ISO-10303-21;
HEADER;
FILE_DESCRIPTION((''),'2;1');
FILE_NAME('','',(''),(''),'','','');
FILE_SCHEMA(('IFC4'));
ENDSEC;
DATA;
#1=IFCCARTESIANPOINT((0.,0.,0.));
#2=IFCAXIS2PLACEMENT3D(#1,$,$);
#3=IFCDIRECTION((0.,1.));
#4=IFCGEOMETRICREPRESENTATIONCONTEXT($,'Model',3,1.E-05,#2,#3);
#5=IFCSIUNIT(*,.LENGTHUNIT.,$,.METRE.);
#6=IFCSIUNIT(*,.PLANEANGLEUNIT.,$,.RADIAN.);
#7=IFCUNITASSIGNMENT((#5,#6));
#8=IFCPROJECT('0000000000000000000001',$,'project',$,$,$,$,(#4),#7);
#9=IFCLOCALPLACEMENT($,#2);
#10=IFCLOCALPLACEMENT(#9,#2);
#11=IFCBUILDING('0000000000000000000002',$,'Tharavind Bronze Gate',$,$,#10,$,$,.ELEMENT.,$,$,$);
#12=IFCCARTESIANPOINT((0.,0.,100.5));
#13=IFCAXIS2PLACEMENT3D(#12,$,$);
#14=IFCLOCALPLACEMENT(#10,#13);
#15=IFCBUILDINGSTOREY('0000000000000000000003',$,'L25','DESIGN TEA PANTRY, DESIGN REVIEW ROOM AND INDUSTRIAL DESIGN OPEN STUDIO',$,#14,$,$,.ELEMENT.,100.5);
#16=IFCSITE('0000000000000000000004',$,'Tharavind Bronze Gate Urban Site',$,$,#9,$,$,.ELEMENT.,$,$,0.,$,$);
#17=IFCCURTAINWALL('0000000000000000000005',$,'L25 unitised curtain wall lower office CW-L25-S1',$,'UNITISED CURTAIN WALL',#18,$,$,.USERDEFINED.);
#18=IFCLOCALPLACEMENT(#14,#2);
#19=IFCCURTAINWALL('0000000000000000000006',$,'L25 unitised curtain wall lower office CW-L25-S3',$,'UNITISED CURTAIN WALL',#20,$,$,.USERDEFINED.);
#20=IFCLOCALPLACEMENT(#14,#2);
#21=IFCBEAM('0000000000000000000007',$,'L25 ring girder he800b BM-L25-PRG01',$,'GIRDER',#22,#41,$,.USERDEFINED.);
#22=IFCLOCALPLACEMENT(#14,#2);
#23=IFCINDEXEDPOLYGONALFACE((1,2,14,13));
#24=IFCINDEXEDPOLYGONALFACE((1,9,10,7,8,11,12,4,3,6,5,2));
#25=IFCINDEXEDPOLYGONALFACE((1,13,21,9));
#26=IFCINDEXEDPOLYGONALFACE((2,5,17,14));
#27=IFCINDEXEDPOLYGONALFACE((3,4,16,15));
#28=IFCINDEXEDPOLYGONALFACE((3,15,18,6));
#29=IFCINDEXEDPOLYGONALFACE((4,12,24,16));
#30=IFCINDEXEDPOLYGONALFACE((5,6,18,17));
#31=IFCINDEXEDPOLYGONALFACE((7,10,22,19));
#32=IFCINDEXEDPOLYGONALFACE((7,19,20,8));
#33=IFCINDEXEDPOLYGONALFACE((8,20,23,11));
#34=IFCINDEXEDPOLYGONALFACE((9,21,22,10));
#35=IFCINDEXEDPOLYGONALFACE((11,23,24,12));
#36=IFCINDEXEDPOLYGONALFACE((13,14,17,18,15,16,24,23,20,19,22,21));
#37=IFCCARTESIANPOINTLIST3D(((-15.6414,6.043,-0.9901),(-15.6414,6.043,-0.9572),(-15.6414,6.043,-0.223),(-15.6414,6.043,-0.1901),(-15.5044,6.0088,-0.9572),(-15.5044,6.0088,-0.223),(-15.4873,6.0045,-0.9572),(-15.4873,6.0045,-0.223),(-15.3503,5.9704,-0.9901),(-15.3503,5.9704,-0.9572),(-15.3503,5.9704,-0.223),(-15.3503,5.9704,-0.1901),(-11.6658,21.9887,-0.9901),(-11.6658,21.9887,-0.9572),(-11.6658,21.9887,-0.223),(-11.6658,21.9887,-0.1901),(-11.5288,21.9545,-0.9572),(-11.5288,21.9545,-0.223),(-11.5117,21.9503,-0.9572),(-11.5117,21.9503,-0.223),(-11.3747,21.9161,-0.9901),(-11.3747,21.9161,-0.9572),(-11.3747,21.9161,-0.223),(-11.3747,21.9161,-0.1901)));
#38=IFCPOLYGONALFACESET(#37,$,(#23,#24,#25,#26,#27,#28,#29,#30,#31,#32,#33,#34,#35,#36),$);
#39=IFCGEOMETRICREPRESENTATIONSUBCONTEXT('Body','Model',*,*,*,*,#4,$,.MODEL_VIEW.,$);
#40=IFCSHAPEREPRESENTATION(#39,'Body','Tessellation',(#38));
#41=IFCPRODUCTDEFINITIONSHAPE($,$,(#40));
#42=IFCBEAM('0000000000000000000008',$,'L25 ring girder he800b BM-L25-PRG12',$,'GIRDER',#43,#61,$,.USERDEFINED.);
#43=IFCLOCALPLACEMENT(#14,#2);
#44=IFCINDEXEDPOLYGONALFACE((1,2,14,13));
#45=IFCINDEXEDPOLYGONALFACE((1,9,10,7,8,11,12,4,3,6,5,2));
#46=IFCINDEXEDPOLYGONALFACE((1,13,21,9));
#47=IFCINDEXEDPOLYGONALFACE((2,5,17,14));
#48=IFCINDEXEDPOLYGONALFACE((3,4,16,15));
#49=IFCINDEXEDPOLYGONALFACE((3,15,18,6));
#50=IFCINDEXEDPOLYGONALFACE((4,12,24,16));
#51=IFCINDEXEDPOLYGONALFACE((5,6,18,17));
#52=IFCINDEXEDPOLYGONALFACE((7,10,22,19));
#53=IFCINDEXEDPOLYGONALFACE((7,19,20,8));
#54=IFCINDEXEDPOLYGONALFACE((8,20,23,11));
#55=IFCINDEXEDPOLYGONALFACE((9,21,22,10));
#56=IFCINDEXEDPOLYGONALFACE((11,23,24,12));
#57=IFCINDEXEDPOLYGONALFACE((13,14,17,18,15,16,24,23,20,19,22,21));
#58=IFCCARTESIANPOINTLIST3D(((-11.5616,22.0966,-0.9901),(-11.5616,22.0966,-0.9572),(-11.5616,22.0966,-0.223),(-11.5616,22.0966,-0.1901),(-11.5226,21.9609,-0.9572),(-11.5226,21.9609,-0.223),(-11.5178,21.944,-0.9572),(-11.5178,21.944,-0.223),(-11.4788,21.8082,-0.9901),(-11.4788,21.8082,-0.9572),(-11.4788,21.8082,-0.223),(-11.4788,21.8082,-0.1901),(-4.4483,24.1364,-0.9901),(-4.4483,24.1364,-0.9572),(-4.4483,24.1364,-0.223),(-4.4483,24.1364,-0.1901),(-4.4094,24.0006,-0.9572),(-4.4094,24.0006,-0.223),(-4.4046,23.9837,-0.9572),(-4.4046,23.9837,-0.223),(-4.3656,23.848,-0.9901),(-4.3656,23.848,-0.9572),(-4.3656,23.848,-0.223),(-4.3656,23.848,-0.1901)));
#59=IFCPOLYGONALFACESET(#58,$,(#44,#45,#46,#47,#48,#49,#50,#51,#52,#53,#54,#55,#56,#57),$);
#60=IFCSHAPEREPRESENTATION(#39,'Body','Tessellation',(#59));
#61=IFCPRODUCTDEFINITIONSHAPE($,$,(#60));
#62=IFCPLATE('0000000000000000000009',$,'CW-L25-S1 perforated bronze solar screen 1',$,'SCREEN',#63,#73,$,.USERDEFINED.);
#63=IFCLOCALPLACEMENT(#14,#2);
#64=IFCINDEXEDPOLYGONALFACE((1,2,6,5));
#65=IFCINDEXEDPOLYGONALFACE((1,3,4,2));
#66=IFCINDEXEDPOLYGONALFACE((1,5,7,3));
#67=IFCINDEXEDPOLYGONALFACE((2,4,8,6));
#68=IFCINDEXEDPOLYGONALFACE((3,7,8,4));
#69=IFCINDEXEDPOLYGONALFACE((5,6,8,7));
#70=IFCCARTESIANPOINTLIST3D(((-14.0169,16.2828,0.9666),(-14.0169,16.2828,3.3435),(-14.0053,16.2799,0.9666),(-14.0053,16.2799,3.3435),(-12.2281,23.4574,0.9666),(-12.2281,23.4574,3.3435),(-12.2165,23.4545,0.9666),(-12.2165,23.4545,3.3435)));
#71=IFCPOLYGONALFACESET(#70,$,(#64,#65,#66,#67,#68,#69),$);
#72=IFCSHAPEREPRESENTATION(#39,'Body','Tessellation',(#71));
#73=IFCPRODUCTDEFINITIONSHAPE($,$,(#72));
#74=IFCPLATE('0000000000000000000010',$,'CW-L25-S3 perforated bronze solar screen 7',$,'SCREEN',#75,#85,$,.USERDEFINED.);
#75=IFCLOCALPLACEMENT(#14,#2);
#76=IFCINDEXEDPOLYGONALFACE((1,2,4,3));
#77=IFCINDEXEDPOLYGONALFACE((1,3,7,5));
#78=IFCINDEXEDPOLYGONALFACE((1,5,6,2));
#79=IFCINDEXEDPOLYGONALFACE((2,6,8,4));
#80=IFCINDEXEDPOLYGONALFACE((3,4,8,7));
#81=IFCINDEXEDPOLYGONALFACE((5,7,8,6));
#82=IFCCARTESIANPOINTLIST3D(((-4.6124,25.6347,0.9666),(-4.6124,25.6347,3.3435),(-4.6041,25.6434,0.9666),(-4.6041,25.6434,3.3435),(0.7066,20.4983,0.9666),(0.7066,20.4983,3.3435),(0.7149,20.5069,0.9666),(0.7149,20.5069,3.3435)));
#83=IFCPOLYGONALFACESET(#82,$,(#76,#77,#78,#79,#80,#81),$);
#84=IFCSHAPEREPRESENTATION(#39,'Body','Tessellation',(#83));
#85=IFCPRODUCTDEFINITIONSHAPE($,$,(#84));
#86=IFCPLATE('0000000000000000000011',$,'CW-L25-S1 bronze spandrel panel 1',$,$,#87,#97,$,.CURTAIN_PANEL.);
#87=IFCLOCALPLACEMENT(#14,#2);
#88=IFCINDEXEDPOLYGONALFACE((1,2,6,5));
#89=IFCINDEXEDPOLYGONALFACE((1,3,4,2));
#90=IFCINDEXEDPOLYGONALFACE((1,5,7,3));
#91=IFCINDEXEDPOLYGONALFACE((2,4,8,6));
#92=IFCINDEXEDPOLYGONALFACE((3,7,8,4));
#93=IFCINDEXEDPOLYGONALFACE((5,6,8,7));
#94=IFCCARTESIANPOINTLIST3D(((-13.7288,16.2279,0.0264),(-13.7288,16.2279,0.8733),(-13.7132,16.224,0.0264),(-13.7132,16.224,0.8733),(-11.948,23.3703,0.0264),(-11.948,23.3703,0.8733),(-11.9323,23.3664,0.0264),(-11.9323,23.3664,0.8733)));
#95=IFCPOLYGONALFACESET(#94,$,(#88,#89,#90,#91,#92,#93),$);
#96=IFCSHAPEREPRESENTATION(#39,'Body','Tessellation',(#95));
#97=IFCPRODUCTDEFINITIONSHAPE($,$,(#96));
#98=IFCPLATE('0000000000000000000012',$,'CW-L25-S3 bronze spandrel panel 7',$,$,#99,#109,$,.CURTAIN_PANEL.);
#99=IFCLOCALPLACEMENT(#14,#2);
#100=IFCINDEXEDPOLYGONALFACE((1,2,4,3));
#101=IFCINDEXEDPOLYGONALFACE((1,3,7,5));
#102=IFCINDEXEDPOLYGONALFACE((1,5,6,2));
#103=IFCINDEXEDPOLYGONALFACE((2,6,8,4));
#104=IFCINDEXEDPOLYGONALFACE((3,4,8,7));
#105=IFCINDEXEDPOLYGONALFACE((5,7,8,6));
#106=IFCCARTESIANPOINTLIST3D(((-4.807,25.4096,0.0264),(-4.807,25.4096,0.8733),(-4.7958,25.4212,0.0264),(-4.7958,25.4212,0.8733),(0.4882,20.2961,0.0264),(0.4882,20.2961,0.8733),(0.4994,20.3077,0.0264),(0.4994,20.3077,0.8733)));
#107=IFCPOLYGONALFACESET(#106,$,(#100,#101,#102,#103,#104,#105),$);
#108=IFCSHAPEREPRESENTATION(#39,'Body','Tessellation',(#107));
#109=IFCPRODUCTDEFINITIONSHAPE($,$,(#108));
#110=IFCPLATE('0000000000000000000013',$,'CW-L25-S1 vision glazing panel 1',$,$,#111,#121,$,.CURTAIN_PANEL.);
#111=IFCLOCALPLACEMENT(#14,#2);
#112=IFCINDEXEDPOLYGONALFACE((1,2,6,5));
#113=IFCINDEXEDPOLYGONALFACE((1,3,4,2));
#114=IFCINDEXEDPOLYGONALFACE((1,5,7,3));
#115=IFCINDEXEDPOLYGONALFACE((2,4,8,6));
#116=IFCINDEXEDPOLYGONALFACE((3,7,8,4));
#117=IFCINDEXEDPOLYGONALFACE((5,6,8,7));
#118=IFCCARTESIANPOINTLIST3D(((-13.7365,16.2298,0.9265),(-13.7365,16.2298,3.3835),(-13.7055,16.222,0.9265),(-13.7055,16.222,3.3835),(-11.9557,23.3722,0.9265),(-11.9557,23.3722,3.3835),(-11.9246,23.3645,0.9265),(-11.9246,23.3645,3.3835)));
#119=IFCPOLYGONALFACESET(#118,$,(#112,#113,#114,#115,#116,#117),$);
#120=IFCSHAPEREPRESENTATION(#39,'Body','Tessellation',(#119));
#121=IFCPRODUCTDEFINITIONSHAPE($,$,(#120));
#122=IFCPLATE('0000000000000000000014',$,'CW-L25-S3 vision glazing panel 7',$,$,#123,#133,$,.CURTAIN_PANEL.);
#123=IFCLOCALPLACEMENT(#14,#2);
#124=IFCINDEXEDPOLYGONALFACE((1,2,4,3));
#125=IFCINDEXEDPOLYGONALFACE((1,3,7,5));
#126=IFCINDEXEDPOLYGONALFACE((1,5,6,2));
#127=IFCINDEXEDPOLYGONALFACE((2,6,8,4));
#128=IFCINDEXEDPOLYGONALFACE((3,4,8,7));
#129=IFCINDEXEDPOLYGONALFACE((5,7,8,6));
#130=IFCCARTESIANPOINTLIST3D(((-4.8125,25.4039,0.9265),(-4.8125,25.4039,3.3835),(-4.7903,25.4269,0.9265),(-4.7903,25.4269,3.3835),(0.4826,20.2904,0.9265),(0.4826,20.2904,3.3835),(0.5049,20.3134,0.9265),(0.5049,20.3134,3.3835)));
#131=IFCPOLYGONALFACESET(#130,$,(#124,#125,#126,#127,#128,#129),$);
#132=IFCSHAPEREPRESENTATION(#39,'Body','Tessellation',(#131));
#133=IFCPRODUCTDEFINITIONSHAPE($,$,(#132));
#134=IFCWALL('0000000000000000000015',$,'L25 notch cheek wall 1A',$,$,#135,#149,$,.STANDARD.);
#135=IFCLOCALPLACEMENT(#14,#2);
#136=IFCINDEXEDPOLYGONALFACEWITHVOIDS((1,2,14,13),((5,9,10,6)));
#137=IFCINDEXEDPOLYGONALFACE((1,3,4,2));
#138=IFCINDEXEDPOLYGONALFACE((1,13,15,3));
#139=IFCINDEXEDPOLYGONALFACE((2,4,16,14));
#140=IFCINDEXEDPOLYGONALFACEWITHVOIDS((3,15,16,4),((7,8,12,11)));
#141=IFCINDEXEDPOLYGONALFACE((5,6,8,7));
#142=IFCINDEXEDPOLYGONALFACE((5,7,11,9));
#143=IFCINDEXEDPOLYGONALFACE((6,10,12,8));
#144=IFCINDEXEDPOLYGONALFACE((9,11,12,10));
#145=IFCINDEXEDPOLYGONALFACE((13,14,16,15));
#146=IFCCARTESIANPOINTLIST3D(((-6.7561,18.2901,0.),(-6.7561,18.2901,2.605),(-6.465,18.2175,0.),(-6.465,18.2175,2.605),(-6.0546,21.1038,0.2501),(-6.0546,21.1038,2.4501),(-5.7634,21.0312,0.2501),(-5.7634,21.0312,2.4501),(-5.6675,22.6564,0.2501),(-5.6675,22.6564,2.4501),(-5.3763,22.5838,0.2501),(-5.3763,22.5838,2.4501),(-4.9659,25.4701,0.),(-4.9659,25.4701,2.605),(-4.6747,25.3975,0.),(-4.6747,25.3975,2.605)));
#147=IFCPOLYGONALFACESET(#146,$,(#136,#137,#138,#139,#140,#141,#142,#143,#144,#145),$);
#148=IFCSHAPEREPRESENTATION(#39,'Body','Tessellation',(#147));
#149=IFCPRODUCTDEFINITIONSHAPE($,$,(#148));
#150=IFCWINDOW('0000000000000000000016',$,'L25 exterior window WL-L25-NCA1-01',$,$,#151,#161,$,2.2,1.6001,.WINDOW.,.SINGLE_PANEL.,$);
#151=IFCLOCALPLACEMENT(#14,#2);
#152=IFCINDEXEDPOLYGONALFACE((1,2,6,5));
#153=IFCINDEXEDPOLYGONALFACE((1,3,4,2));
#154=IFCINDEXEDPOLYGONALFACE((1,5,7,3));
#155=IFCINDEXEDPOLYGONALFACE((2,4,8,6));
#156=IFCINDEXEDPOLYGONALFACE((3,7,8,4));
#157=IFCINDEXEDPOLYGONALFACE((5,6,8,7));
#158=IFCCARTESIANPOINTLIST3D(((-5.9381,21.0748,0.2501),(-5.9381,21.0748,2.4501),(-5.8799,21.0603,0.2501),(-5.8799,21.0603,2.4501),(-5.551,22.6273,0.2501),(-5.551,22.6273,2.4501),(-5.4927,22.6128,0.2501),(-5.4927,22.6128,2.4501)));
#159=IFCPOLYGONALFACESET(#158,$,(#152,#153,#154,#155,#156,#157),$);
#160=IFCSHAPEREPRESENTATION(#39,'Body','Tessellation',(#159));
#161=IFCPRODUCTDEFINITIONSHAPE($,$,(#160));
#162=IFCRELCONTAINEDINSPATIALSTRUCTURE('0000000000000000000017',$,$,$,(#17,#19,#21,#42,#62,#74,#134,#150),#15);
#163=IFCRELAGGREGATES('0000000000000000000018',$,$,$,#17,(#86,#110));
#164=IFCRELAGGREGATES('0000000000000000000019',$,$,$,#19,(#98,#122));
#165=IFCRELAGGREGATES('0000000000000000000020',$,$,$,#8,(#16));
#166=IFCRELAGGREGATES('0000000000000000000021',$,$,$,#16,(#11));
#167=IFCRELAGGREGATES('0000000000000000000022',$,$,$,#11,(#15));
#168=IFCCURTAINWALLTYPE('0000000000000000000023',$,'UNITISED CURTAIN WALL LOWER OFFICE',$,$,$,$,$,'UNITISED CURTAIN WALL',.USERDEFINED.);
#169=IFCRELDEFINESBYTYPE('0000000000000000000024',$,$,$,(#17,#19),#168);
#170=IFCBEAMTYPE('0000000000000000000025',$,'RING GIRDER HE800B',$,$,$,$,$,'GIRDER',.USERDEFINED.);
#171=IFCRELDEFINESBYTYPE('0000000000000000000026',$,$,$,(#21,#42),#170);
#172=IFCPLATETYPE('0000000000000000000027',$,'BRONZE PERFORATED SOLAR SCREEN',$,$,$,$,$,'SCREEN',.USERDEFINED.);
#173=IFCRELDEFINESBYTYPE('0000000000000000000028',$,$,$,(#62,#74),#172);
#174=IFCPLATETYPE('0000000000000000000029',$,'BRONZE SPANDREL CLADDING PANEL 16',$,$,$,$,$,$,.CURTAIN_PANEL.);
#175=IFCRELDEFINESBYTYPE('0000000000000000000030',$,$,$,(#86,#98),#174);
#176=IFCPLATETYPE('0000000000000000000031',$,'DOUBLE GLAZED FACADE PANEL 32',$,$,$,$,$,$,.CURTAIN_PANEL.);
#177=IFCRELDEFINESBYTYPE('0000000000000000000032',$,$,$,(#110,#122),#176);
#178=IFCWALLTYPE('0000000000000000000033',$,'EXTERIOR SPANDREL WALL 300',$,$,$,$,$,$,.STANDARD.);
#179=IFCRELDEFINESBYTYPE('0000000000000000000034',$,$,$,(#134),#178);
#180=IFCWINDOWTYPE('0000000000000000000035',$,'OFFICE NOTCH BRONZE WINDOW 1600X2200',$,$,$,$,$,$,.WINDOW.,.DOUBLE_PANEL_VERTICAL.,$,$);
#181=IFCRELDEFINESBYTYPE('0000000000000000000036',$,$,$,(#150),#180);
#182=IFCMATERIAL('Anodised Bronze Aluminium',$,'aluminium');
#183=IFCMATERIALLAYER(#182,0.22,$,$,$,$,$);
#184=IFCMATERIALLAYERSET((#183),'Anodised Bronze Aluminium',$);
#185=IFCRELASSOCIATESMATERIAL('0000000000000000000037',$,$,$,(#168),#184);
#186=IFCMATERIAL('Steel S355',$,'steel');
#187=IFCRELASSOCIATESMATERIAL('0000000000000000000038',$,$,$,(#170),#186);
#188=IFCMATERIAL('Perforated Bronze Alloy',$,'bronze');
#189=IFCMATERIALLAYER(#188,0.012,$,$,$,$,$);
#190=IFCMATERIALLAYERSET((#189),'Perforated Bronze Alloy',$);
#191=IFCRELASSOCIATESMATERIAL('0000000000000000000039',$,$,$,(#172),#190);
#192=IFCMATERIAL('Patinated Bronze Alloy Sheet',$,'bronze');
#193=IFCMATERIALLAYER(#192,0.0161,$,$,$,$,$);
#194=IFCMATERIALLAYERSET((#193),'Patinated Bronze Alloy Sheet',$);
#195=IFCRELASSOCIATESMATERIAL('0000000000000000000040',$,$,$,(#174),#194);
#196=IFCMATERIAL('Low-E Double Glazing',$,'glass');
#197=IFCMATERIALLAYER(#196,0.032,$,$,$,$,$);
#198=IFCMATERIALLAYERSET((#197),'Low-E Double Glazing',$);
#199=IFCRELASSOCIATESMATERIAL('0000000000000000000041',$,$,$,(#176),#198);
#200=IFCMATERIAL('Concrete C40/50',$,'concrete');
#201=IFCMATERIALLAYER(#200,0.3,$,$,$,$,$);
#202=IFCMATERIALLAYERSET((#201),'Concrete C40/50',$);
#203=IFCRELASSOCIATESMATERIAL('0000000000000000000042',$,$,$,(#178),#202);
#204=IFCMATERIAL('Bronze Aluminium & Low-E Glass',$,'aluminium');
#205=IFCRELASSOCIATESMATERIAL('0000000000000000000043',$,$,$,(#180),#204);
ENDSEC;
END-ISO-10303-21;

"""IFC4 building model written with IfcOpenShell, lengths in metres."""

from ifc_helpers import new_model, si_unit, direction, frame, frame_2d, origin, origin_2d, place, context, subcontext, project, spatial, rectangle, i_section, extrude, material, layer, layer_set, material_profile, profile_set, type_object, element, fill, aggregate, save


model = new_model("IFC4")

# Units and contexts
model_context = context("Model", 3, precision=1e-05, world=origin(), true_north=direction((0.0, 1.0)))
body_context = subcontext(model_context, "Body", "Model", "MODEL_VIEW")
ifc_project = project(units=[si_unit("LENGTHUNIT", "METRE"), si_unit("PLANEANGLEUNIT", "RADIAN")], contexts=[model_context])

# Site, building, storey
site_placement = place(None, origin())
site = spatial("IfcSite", under=ifc_project, at=site_placement, Name="Tharavind Bronze Gate Urban Site", CompositionType="ELEMENT", RefElevation=0.0)
building_placement = place(site_placement, origin())
building = spatial("IfcBuilding", under=site, at=building_placement, Name="Tharavind Bronze Gate", CompositionType="ELEMENT")
storey_placement = place(building_placement, frame((0.0, 0.0, 100.5)))
storey = spatial("IfcBuildingStorey", under=building, at=storey_placement, Name="L25", Description="DESIGN TEA PANTRY, DESIGN REVIEW ROOM AND INDUSTRIAL DESIGN OPEN STUDIO", CompositionType="ELEMENT", Elevation=100.5)

# Curtain walls
ifc_material_1 = material(Name="Anodised Bronze Aluminium", Category="aluminium")
ifc_layer_1 = layer(ifc_material_1, 0.22)
ifc_layer_set_1 = layer_set([ifc_layer_1], Name="Anodised Bronze Aluminium")
curtain_wall_type = type_object("IfcCurtainWallType", Name="UNITISED CURTAIN WALL LOWER OFFICE", ElementType="UNITISED CURTAIN WALL", PredefinedType="USERDEFINED", material=ifc_layer_set_1)
curtain_wall_1_placement = place(storey_placement, origin())
curtain_wall_1 = element("IfcCurtainWall", 1, at=curtain_wall_1_placement, inside=storey, type_object=curtain_wall_type, Name="L25 unitised curtain wall lower office CW-L25-S1", ObjectType="UNITISED CURTAIN WALL", PredefinedType="USERDEFINED")
curtain_wall_2_placement = place(storey_placement, origin())
curtain_wall_2 = element("IfcCurtainWall", 2, at=curtain_wall_2_placement, inside=storey, type_object=curtain_wall_type, Name="L25 unitised curtain wall lower office CW-L25-S3", ObjectType="UNITISED CURTAIN WALL", PredefinedType="USERDEFINED")

# Beams
ifc_material_2 = material(Name="Steel S355", Category="steel")
ifc_material_profile_1 = material_profile(ifc_material_2, i_section(OverallWidth=0.3, OverallDepth=0.8, WebThickness=0.0176, FlangeThickness=0.033, at=origin_2d()), Name="HE800B")
ifc_profile_set_1 = profile_set([ifc_material_profile_1], Name="Steel S355")
beam_type_1 = type_object("IfcBeamType", Name="RING GIRDER HE800B", ElementType="GIRDER", PredefinedType="USERDEFINED", material=ifc_profile_set_1)
beam_1_placement = place(storey_placement, frame((-11.5203, 21.9524, -0.5901), z_axis=(-0.241913, -0.970298, 0.0), x_axis=(0.970298, -0.241913, 0.0)))
element("IfcBeam", 3, at=beam_1_placement, inside=storey, type_object=beam_type_1, Name="L25 ring girder he800b BM-L25-PRG01", ObjectType="GIRDER", PredefinedType="USERDEFINED", context=body_context, shape_type="SweptSolid", body=[
    extrude(i_section(OverallWidth=0.3, OverallDepth=0.8, WebThickness=0.0176, FlangeThickness=0.033, at=origin_2d()), origin(), (0.0, 0.0, 1.0), 16.4338),
])
beam_2_placement = place(storey_placement, frame((-4.407, 23.9922, -0.5901), z_axis=(-0.961258, -0.275649, 0.0), x_axis=(0.275649, -0.961258, 0.0)))
element("IfcBeam", 4, at=beam_2_placement, inside=storey, type_object=beam_type_1, Name="L25 ring girder he800b BM-L25-PRG12", ObjectType="GIRDER", PredefinedType="USERDEFINED", context=body_context, shape_type="SweptSolid", body=[
    extrude(i_section(OverallWidth=0.3, OverallDepth=0.8, WebThickness=0.0176, FlangeThickness=0.033, at=origin_2d()), origin(), (0.0, 0.0, 1.0), 7.3999),
])

# Plates
ifc_material_3 = material(Name="Perforated Bronze Alloy", Category="bronze")
ifc_layer_2 = layer(ifc_material_3, 0.012)
ifc_layer_set_2 = layer_set([ifc_layer_2], Name="Perforated Bronze Alloy")
plate_type_1 = type_object("IfcPlateType", Name="BRONZE PERFORATED SOLAR SCREEN", ElementType="SCREEN", PredefinedType="USERDEFINED", material=ifc_layer_set_2)
for number, where, z_axis, x_axis, name in (
    (5, (-13.1167, 19.8687, 0.9666), (0.0, 0.0, 1.0), (-0.241922, -0.970296, 0.0), "CW-L25-S1 perforated bronze solar screen 1"),
    (6, (-1.9487, 23.0708, 0.9666), (0.0, 0.0, 1.0), (-0.719341, 0.694657, 0.0), "CW-L25-S3 perforated bronze solar screen 7"),
):
    element("IfcPlate", number, at=place(storey_placement, frame(where, z_axis=z_axis, x_axis=x_axis)), inside=storey, type_object=plate_type_1, Name=name, ObjectType="SCREEN", PredefinedType="USERDEFINED", context=body_context, shape_type="SweptSolid", body=[
        extrude(rectangle(XDim=7.3943, YDim=0.012, at=origin_2d()), origin(), (0.0, 0.0, 1.0), 2.377),
    ])

# Plates
ifc_material_4 = material(Name="Patinated Bronze Alloy Sheet", Category="bronze")
ifc_layer_3 = layer(ifc_material_4, 0.0161)
ifc_layer_set_3 = layer_set([ifc_layer_3], Name="Patinated Bronze Alloy Sheet")
plate_type_2 = type_object("IfcPlateType", Name="BRONZE SPANDREL CLADDING PANEL 16", PredefinedType="CURTAIN_PANEL", material=ifc_layer_set_3)
plate_1_placement = place(storey_placement, frame((-12.8306, 19.7971, 0.0264), z_axis=(0.0, 0.0, 1.0), x_axis=(-0.241922, -0.970296, 0.0)))
plate_1 = element("IfcPlate", 7, at=plate_1_placement, type_object=plate_type_2, Name="CW-L25-S1 bronze spandrel panel 1", PredefinedType="CURTAIN_PANEL", context=body_context, shape_type="SweptSolid", body=[
    extrude(rectangle(XDim=7.3611, YDim=0.0161, at=origin_2d()), origin(), (0.0, 0.0, 1.0), 0.8469),
])
plate_2_placement = place(storey_placement, frame((-2.1538, 22.8586, 0.0264), z_axis=(0.0, 0.0, 1.0), x_axis=(-0.719341, 0.694657, 0.0)))
plate_2 = element("IfcPlate", 8, at=plate_2_placement, type_object=plate_type_2, Name="CW-L25-S3 bronze spandrel panel 7", PredefinedType="CURTAIN_PANEL", context=body_context, shape_type="SweptSolid", body=[
    extrude(rectangle(XDim=7.3611, YDim=0.0161, at=origin_2d()), origin(), (0.0, 0.0, 1.0), 0.8469),
])
ifc_material_5 = material(Name="Low-E Double Glazing", Category="glass")
ifc_layer_4 = layer(ifc_material_5, 0.032)
ifc_layer_set_4 = layer_set([ifc_layer_4], Name="Low-E Double Glazing")
plate_type_3 = type_object("IfcPlateType", Name="DOUBLE GLAZED FACADE PANEL 32", PredefinedType="CURTAIN_PANEL", material=ifc_layer_set_4)
plate_3_placement = place(storey_placement, frame((-12.8306, 19.7971, 0.9265), z_axis=(0.0, 0.0, 1.0), x_axis=(-0.241922, -0.970296, 0.0)))
plate_3 = element("IfcPlate", 9, at=plate_3_placement, type_object=plate_type_3, Name="CW-L25-S1 vision glazing panel 1", PredefinedType="CURTAIN_PANEL", context=body_context, shape_type="SweptSolid", body=[
    extrude(rectangle(XDim=7.3611, YDim=0.032, at=origin_2d()), origin(), (0.0, 0.0, 1.0), 2.457),
])
aggregate(curtain_wall_1, [plate_1, plate_3])
plate_4_placement = place(storey_placement, frame((-2.1538, 22.8586, 0.9265), z_axis=(0.0, 0.0, 1.0), x_axis=(-0.719341, 0.694657, 0.0)))
plate_4 = element("IfcPlate", 10, at=plate_4_placement, type_object=plate_type_3, Name="CW-L25-S3 vision glazing panel 7", PredefinedType="CURTAIN_PANEL", context=body_context, shape_type="SweptSolid", body=[
    extrude(rectangle(XDim=7.3611, YDim=0.032, at=origin_2d()), origin(), (0.0, 0.0, 1.0), 2.457),
])
aggregate(curtain_wall_2, [plate_2, plate_4])

# Wall, opening, window
ifc_material_6 = material(Name="Concrete C40/50", Category="concrete")
ifc_layer_5 = layer(ifc_material_6, 0.3)
ifc_layer_set_5 = layer_set([ifc_layer_5], Name="Concrete C40/50")
wall_type = type_object("IfcWallType", Name="EXTERIOR SPANDREL WALL 300", PredefinedType="STANDARD", material=ifc_layer_set_5)
wall_placement = place(storey_placement, frame((-4.8203, 25.4338, 0.0), z_axis=(0.0, 0.0, 1.0), x_axis=(-0.24193, -0.970294, 0.0)))
wall = element("IfcWall", 11, at=wall_placement, inside=storey, type_object=wall_type, Name="L25 notch cheek wall 1A", PredefinedType="STANDARD", context=body_context, shape_type="SweptSolid", body=[
    extrude(rectangle(XDim=7.3999, YDim=0.3, at=frame_2d((3.7, 0.0))), origin(), (0.0, 0.0, 1.0), 2.605),
])
opening_placement = place(wall_placement, frame((2.8999, 0.0, 0.25)))
opening = element("IfcOpeningElement", 12, at=opening_placement, cuts=wall, PredefinedType="OPENING", context=body_context, shape_type="SweptSolid", body=[
    extrude(rectangle(XDim=1.6001, YDim=2.2, at=frame_2d((0.8, 1.1001))), frame((0.0, 0.1599, 0.0), z_axis=(0.0, -1.0, 0.0), x_axis=(1.0, 0.0, 0.0)), (0.0, 0.0, 1.0), 0.32),
])
ifc_material_7 = material(Name="Bronze Aluminium & Low-E Glass", Category="aluminium")
window_type = type_object("IfcWindowType", Name="OFFICE NOTCH BRONZE WINDOW 1600X2200", PartitioningType="DOUBLE_PANEL_VERTICAL", PredefinedType="WINDOW", material=ifc_material_7)
window_placement = place(opening_placement, origin())
window = element("IfcWindow", 13, at=window_placement, inside=storey, type_object=window_type, Name="L25 exterior window WL-L25-NCA1-01", OverallHeight=2.2, OverallWidth=1.6001, PartitioningType="SINGLE_PANEL", PredefinedType="WINDOW", context=body_context, shape_type="SweptSolid", body=[
    extrude(rectangle(XDim=1.6001, YDim=2.2, at=frame_2d((0.8, 1.1001))), frame((0.0, 0.03, 0.0), z_axis=(0.0, -1.0, 0.0), x_axis=(1.0, 0.0, 0.0)), (0.0, 0.0, 1.0), 0.0601),
])
fill(opening, window)

save(model, "model.ifc")
